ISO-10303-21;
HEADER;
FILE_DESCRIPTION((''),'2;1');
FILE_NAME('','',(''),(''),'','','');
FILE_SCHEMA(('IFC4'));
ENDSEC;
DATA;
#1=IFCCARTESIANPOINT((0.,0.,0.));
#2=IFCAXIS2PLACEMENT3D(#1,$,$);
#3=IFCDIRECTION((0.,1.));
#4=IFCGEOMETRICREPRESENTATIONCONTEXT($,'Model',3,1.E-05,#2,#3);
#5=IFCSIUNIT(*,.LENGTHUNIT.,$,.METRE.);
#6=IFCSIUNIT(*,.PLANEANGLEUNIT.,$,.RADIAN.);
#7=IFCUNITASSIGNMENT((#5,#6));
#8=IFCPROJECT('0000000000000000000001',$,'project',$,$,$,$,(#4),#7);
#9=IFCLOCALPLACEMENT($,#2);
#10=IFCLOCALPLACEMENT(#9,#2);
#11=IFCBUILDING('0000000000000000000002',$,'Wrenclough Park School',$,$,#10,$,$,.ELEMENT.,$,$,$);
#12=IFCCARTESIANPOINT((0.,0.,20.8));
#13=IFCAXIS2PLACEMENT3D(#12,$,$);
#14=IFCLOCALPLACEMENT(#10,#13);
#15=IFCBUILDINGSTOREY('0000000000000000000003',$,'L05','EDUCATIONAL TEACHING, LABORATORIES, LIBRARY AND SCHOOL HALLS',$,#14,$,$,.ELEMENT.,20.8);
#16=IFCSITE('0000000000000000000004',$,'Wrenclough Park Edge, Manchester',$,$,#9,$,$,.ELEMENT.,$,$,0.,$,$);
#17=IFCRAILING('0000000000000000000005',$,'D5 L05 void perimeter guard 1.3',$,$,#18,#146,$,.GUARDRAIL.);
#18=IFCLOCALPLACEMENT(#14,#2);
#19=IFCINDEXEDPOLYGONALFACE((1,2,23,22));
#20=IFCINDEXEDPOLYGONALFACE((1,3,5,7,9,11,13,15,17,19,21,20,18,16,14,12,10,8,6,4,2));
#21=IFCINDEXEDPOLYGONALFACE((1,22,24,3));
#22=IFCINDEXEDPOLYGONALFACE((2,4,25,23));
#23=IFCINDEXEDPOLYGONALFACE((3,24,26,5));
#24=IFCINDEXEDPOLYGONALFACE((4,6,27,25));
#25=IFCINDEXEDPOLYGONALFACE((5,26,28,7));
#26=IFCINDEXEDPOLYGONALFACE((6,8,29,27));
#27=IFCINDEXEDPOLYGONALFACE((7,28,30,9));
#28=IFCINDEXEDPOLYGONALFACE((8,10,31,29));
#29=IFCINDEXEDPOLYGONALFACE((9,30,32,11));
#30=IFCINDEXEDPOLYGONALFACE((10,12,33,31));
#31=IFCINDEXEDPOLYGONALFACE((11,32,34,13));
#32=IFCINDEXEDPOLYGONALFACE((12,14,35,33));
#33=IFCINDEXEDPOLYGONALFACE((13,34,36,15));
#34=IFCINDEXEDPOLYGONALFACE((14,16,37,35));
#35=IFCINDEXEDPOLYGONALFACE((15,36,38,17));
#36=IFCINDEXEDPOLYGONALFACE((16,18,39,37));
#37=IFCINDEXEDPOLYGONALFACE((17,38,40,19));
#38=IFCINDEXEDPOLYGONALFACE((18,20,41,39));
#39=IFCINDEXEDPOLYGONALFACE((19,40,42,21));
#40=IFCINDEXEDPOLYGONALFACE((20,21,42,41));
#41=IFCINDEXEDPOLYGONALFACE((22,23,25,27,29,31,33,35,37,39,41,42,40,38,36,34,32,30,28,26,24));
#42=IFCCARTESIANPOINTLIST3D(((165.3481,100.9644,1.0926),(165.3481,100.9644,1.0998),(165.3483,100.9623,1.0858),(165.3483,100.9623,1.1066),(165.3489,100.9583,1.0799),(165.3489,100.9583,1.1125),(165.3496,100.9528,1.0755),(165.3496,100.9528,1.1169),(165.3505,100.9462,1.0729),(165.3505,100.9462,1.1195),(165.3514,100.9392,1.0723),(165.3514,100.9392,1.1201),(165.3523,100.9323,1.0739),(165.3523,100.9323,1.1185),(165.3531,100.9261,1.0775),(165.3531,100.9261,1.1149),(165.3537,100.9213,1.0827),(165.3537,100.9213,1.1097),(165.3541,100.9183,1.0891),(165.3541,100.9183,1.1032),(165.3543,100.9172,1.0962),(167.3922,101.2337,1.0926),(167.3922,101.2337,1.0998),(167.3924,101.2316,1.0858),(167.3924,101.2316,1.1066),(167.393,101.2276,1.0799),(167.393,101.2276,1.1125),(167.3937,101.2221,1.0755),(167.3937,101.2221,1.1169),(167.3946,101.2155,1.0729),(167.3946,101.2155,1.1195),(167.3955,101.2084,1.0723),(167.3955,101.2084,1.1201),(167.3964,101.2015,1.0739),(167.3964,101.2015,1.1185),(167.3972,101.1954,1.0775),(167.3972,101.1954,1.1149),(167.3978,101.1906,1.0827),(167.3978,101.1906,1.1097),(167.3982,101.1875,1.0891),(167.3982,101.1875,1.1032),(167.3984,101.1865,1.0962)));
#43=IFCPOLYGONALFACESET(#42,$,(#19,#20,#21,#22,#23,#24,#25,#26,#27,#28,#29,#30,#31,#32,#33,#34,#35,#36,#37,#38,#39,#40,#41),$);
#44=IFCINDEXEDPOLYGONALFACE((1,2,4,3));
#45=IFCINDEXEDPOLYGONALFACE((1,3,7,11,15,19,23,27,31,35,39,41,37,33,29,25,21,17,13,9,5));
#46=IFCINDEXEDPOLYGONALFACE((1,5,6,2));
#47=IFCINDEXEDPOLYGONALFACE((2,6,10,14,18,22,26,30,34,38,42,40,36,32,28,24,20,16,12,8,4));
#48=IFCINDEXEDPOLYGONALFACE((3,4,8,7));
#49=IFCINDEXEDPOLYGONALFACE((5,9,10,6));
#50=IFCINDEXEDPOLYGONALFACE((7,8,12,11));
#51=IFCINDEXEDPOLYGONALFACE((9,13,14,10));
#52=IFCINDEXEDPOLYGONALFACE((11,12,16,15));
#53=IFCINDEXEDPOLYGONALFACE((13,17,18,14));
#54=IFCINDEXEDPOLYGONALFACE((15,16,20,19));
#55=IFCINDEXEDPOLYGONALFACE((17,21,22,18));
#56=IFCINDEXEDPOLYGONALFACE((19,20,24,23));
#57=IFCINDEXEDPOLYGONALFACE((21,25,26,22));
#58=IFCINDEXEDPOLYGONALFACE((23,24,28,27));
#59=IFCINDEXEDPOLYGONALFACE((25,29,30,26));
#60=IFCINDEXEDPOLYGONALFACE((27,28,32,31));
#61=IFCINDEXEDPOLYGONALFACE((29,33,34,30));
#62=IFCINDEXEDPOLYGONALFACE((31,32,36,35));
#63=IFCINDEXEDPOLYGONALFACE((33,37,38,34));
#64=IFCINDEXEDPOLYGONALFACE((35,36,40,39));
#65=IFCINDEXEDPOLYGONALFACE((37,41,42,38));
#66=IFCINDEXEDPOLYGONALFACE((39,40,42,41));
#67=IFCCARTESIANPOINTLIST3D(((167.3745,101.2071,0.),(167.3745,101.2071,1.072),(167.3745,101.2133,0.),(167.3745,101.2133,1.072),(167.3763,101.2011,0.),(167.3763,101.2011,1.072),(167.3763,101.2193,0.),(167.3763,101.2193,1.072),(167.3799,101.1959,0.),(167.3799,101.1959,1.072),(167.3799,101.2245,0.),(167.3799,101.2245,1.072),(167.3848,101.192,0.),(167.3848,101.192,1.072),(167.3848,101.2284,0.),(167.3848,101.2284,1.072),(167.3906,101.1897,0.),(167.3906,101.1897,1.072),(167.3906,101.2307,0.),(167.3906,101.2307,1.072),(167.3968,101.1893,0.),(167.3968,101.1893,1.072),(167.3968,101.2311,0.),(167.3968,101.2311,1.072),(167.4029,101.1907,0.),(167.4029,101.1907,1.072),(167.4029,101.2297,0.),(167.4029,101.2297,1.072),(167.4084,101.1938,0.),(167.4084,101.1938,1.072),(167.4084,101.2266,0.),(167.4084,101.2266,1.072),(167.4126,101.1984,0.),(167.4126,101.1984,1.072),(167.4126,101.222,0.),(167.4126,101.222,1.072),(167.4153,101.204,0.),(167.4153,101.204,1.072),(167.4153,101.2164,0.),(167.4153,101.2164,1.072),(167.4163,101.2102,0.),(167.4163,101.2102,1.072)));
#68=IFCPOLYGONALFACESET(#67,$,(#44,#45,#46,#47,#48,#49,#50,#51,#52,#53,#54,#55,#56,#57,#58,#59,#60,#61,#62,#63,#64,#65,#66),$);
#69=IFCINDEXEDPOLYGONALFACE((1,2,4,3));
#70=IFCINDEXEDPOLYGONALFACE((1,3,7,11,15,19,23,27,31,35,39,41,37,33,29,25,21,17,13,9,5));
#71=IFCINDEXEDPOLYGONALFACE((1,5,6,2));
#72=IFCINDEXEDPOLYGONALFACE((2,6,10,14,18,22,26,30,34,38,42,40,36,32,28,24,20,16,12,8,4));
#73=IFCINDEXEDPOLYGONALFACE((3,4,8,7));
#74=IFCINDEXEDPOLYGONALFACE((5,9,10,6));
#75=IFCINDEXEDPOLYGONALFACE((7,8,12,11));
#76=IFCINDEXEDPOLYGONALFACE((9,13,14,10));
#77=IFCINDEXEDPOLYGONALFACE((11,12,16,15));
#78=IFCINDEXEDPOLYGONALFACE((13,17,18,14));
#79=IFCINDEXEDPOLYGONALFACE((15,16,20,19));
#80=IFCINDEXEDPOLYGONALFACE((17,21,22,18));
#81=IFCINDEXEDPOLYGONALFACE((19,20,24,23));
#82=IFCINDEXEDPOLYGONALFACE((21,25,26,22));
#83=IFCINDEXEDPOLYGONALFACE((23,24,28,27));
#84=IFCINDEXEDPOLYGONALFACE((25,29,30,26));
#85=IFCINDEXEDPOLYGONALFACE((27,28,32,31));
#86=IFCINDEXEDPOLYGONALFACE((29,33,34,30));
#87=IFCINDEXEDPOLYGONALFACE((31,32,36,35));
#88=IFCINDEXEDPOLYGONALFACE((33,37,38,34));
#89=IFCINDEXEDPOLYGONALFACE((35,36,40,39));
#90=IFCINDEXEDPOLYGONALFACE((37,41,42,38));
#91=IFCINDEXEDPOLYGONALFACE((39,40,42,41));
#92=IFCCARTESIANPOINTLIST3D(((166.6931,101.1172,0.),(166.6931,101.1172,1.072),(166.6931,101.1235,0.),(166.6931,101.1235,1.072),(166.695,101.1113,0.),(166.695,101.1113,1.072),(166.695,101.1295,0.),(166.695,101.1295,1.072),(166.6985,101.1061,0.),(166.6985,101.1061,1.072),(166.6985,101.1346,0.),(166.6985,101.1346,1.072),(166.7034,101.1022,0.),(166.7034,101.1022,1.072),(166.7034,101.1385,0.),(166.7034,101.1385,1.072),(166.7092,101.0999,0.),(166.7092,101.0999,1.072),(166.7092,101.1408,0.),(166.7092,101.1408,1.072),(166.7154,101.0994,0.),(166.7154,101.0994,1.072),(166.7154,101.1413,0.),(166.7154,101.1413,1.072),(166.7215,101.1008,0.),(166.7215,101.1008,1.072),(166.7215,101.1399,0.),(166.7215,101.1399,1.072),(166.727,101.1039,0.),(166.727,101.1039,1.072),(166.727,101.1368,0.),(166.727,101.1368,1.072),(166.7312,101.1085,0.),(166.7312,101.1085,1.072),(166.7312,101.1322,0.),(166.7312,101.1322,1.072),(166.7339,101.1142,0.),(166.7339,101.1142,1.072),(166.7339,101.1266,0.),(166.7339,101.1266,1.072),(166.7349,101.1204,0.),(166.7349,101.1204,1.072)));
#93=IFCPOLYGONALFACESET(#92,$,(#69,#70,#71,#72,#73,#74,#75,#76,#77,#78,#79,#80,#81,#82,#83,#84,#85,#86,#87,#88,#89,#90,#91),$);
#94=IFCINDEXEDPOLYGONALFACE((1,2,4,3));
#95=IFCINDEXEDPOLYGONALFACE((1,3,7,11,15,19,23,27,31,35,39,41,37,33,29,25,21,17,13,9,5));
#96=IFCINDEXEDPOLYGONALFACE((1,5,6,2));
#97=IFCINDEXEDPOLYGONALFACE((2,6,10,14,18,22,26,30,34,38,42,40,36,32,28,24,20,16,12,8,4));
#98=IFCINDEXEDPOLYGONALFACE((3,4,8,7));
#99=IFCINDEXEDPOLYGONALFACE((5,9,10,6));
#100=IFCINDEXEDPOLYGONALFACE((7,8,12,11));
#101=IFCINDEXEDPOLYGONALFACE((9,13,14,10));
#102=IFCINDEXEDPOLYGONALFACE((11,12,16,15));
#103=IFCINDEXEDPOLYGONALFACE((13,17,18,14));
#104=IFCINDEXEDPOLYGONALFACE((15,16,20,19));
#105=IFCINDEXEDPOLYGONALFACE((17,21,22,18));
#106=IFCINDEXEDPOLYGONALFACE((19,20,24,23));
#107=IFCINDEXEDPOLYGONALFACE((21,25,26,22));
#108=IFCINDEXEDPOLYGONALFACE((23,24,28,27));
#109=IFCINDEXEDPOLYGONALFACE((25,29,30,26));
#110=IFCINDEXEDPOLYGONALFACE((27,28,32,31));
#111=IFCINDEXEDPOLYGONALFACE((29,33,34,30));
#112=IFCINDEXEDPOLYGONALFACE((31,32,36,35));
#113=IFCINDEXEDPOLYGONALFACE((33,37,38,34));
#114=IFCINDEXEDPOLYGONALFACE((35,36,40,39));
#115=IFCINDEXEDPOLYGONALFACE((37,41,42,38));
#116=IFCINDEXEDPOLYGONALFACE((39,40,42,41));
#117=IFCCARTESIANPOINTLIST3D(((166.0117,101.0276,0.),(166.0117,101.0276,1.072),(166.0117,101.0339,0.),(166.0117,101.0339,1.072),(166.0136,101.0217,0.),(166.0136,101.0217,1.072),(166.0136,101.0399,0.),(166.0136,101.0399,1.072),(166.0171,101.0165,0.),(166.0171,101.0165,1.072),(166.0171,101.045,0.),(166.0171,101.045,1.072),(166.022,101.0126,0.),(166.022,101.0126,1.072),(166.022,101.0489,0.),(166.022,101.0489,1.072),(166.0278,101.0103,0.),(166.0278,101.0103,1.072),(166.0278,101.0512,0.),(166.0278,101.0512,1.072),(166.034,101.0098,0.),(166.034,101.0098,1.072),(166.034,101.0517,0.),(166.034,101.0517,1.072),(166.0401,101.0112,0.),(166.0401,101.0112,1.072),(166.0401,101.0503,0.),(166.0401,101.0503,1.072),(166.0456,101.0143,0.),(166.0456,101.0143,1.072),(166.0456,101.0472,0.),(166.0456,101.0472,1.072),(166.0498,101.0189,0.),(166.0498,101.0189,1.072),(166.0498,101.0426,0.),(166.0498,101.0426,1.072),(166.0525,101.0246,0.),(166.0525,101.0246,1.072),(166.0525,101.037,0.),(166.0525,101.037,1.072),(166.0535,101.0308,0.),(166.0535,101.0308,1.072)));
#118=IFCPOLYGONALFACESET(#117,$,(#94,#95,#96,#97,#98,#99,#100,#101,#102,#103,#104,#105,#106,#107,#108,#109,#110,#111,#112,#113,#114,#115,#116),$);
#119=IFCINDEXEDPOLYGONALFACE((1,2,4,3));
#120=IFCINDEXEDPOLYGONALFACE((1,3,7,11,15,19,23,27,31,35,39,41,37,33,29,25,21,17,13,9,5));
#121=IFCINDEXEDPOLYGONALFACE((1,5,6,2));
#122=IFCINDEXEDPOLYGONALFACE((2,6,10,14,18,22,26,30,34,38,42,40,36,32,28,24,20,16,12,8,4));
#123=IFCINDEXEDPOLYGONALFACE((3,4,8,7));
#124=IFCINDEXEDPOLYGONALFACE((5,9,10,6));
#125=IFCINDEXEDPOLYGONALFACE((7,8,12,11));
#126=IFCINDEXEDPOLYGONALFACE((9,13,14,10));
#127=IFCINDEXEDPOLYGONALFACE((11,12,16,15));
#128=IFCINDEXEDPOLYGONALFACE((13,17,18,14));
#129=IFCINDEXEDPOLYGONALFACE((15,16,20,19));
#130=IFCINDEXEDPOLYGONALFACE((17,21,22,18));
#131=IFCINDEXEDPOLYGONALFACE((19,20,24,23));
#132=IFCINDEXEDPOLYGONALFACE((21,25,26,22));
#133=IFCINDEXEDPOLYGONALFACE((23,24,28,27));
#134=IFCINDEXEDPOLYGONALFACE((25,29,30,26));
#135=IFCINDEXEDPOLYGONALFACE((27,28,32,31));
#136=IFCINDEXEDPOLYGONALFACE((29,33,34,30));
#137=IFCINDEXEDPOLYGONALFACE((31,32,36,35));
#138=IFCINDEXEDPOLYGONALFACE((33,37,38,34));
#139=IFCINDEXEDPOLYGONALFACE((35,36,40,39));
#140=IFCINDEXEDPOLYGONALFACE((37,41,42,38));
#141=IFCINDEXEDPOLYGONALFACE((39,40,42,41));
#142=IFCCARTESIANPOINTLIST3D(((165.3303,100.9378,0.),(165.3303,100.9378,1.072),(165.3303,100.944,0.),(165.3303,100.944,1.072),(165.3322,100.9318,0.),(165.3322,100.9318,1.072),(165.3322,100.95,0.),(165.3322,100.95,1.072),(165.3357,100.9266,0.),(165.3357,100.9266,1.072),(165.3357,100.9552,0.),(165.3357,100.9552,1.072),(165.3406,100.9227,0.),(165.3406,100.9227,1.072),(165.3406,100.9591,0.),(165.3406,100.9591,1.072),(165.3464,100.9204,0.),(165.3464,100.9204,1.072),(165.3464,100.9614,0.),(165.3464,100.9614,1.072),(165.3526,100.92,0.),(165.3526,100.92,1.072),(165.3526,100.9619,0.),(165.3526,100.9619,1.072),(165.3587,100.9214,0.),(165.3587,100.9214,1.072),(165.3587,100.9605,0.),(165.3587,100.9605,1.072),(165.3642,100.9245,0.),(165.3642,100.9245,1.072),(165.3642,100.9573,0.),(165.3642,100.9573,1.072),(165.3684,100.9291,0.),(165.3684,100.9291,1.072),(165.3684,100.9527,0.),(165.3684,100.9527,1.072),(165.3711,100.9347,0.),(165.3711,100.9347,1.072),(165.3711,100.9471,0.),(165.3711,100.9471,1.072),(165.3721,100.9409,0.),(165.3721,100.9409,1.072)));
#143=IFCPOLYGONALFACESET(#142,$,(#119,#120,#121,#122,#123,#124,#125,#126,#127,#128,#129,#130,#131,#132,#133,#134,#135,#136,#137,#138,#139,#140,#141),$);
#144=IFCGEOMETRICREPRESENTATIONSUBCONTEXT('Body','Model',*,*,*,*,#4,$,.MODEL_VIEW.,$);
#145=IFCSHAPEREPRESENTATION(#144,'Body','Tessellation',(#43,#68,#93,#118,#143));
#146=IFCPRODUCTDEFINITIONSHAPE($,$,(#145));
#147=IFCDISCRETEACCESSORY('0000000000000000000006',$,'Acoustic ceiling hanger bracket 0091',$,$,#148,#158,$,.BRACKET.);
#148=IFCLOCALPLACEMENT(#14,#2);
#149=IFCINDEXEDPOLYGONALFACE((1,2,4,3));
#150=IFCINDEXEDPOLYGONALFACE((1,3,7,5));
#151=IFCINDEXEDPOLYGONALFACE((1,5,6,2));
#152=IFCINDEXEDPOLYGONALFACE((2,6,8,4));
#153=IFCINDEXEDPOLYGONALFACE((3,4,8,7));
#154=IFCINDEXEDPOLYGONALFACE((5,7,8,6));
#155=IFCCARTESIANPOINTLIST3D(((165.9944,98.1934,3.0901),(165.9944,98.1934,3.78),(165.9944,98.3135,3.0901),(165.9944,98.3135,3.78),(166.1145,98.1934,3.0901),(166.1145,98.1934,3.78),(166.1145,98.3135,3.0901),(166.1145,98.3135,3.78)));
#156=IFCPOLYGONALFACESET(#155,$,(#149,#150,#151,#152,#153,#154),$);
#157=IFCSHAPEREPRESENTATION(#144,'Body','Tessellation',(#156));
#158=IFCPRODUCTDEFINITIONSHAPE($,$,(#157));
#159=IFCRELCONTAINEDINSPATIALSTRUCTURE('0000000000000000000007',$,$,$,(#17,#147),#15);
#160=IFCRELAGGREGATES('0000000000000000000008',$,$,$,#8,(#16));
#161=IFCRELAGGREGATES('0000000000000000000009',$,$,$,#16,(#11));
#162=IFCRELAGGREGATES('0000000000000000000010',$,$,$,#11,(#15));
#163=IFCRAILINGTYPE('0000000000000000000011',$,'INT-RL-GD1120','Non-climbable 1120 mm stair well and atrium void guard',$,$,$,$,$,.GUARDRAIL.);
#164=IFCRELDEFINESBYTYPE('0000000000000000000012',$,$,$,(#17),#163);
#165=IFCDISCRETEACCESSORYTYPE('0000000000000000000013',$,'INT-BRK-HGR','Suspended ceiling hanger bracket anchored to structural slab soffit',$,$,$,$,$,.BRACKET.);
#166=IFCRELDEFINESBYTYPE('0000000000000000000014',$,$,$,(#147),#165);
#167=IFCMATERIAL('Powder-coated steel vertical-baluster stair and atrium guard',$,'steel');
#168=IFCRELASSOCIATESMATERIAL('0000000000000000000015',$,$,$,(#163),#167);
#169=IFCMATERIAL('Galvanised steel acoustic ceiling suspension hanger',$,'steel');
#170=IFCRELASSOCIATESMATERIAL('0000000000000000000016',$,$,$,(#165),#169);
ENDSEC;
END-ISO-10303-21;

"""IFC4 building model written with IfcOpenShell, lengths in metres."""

from ifc_helpers import new_model, si_unit, direction, frame, origin, origin_2d, place, context, subcontext, project, spatial, rectangle, circle, extrude, material, type_object, element, save


model = new_model("IFC4")

# Units and contexts
model_context = context("Model", 3, precision=1e-05, world=origin(), true_north=direction((0.0, 1.0)))
body_context = subcontext(model_context, "Body", "Model", "MODEL_VIEW")
ifc_project = project(units=[si_unit("LENGTHUNIT", "METRE"), si_unit("PLANEANGLEUNIT", "RADIAN")], contexts=[model_context])

# Site, building, storey
site_placement = place(None, origin())
site = spatial("IfcSite", under=ifc_project, at=site_placement, Name="Wrenclough Park Edge, Manchester", CompositionType="ELEMENT", RefElevation=0.0)
building_placement = place(site_placement, origin())
building = spatial("IfcBuilding", under=site, at=building_placement, Name="Wrenclough Park School", CompositionType="ELEMENT")
storey_placement = place(building_placement, frame((0.0, 0.0, 20.8)))
storey = spatial("IfcBuildingStorey", under=building, at=storey_placement, Name="L05", Description="EDUCATIONAL TEACHING, LABORATORIES, LIBRARY AND SCHOOL HALLS", CompositionType="ELEMENT", Elevation=20.8)

# Railing
ifc_material_1 = material(Name="Powder-coated steel vertical-baluster stair and atrium guard", Category="steel")
railing_type = type_object("IfcRailingType", Name="INT-RL-GD1120", Description="Non-climbable 1120 mm stair well and atrium void guard", PredefinedType="GUARDRAIL", material=ifc_material_1)
railing_1_placement = place(storey_placement, frame((167.3953, 101.2102, 0.0)))
element("IfcRailing", 1, at=railing_1_placement, inside=storey, type_object=railing_type, Name="D5 L05 void perimeter guard 1.3", PredefinedType="GUARDRAIL", context=body_context, shape_type="SweptSolid", body=[
    extrude(circle(Radius=0.0239, at=origin_2d()), frame((0.0, 0.0, 1.0962), z_axis=(-0.991435, -0.130605, 0.0), x_axis=(0.130605, -0.991435, 0.0)), (0.0, 0.0, 1.0), 2.0618),
    extrude(circle(Radius=0.021, at=origin_2d()), origin(), (0.0, 0.0, 1.0), 1.072),
    extrude(circle(Radius=0.021, at=origin_2d()), frame((-0.6814, -0.0898, 0.0)), (0.0, 0.0, 1.0), 1.072),
    extrude(circle(Radius=0.021, at=origin_2d()), frame((-1.3628, -0.1794, 0.0)), (0.0, 0.0, 1.0), 1.072),
    extrude(circle(Radius=0.021, at=origin_2d()), frame((-2.0442, -0.2693, 0.0)), (0.0, 0.0, 1.0), 1.072),
])

# Discrete accessory
ifc_material_2 = material(Name="Galvanised steel acoustic ceiling suspension hanger", Category="steel")
discrete_accessory_type = type_object("IfcDiscreteAccessoryType", Name="INT-BRK-HGR", Description="Suspended ceiling hanger bracket anchored to structural slab soffit", PredefinedType="BRACKET", material=ifc_material_2)
discrete_accessory_placement = place(storey_placement, frame((166.0544, 98.2534, 3.0901), z_axis=(0.0, 0.0, 1.0), x_axis=(1.0, 0.0, 0.0)))
element("IfcDiscreteAccessory", 2, at=discrete_accessory_placement, inside=storey, type_object=discrete_accessory_type, Name="Acoustic ceiling hanger bracket 0091", PredefinedType="BRACKET", context=body_context, shape_type="SweptSolid", body=[
    extrude(rectangle(XDim=0.1201, YDim=0.1201, at=origin_2d()), origin(), (0.0, 0.0, 1.0), 0.6899),
])

save(model, "model.ifc")
